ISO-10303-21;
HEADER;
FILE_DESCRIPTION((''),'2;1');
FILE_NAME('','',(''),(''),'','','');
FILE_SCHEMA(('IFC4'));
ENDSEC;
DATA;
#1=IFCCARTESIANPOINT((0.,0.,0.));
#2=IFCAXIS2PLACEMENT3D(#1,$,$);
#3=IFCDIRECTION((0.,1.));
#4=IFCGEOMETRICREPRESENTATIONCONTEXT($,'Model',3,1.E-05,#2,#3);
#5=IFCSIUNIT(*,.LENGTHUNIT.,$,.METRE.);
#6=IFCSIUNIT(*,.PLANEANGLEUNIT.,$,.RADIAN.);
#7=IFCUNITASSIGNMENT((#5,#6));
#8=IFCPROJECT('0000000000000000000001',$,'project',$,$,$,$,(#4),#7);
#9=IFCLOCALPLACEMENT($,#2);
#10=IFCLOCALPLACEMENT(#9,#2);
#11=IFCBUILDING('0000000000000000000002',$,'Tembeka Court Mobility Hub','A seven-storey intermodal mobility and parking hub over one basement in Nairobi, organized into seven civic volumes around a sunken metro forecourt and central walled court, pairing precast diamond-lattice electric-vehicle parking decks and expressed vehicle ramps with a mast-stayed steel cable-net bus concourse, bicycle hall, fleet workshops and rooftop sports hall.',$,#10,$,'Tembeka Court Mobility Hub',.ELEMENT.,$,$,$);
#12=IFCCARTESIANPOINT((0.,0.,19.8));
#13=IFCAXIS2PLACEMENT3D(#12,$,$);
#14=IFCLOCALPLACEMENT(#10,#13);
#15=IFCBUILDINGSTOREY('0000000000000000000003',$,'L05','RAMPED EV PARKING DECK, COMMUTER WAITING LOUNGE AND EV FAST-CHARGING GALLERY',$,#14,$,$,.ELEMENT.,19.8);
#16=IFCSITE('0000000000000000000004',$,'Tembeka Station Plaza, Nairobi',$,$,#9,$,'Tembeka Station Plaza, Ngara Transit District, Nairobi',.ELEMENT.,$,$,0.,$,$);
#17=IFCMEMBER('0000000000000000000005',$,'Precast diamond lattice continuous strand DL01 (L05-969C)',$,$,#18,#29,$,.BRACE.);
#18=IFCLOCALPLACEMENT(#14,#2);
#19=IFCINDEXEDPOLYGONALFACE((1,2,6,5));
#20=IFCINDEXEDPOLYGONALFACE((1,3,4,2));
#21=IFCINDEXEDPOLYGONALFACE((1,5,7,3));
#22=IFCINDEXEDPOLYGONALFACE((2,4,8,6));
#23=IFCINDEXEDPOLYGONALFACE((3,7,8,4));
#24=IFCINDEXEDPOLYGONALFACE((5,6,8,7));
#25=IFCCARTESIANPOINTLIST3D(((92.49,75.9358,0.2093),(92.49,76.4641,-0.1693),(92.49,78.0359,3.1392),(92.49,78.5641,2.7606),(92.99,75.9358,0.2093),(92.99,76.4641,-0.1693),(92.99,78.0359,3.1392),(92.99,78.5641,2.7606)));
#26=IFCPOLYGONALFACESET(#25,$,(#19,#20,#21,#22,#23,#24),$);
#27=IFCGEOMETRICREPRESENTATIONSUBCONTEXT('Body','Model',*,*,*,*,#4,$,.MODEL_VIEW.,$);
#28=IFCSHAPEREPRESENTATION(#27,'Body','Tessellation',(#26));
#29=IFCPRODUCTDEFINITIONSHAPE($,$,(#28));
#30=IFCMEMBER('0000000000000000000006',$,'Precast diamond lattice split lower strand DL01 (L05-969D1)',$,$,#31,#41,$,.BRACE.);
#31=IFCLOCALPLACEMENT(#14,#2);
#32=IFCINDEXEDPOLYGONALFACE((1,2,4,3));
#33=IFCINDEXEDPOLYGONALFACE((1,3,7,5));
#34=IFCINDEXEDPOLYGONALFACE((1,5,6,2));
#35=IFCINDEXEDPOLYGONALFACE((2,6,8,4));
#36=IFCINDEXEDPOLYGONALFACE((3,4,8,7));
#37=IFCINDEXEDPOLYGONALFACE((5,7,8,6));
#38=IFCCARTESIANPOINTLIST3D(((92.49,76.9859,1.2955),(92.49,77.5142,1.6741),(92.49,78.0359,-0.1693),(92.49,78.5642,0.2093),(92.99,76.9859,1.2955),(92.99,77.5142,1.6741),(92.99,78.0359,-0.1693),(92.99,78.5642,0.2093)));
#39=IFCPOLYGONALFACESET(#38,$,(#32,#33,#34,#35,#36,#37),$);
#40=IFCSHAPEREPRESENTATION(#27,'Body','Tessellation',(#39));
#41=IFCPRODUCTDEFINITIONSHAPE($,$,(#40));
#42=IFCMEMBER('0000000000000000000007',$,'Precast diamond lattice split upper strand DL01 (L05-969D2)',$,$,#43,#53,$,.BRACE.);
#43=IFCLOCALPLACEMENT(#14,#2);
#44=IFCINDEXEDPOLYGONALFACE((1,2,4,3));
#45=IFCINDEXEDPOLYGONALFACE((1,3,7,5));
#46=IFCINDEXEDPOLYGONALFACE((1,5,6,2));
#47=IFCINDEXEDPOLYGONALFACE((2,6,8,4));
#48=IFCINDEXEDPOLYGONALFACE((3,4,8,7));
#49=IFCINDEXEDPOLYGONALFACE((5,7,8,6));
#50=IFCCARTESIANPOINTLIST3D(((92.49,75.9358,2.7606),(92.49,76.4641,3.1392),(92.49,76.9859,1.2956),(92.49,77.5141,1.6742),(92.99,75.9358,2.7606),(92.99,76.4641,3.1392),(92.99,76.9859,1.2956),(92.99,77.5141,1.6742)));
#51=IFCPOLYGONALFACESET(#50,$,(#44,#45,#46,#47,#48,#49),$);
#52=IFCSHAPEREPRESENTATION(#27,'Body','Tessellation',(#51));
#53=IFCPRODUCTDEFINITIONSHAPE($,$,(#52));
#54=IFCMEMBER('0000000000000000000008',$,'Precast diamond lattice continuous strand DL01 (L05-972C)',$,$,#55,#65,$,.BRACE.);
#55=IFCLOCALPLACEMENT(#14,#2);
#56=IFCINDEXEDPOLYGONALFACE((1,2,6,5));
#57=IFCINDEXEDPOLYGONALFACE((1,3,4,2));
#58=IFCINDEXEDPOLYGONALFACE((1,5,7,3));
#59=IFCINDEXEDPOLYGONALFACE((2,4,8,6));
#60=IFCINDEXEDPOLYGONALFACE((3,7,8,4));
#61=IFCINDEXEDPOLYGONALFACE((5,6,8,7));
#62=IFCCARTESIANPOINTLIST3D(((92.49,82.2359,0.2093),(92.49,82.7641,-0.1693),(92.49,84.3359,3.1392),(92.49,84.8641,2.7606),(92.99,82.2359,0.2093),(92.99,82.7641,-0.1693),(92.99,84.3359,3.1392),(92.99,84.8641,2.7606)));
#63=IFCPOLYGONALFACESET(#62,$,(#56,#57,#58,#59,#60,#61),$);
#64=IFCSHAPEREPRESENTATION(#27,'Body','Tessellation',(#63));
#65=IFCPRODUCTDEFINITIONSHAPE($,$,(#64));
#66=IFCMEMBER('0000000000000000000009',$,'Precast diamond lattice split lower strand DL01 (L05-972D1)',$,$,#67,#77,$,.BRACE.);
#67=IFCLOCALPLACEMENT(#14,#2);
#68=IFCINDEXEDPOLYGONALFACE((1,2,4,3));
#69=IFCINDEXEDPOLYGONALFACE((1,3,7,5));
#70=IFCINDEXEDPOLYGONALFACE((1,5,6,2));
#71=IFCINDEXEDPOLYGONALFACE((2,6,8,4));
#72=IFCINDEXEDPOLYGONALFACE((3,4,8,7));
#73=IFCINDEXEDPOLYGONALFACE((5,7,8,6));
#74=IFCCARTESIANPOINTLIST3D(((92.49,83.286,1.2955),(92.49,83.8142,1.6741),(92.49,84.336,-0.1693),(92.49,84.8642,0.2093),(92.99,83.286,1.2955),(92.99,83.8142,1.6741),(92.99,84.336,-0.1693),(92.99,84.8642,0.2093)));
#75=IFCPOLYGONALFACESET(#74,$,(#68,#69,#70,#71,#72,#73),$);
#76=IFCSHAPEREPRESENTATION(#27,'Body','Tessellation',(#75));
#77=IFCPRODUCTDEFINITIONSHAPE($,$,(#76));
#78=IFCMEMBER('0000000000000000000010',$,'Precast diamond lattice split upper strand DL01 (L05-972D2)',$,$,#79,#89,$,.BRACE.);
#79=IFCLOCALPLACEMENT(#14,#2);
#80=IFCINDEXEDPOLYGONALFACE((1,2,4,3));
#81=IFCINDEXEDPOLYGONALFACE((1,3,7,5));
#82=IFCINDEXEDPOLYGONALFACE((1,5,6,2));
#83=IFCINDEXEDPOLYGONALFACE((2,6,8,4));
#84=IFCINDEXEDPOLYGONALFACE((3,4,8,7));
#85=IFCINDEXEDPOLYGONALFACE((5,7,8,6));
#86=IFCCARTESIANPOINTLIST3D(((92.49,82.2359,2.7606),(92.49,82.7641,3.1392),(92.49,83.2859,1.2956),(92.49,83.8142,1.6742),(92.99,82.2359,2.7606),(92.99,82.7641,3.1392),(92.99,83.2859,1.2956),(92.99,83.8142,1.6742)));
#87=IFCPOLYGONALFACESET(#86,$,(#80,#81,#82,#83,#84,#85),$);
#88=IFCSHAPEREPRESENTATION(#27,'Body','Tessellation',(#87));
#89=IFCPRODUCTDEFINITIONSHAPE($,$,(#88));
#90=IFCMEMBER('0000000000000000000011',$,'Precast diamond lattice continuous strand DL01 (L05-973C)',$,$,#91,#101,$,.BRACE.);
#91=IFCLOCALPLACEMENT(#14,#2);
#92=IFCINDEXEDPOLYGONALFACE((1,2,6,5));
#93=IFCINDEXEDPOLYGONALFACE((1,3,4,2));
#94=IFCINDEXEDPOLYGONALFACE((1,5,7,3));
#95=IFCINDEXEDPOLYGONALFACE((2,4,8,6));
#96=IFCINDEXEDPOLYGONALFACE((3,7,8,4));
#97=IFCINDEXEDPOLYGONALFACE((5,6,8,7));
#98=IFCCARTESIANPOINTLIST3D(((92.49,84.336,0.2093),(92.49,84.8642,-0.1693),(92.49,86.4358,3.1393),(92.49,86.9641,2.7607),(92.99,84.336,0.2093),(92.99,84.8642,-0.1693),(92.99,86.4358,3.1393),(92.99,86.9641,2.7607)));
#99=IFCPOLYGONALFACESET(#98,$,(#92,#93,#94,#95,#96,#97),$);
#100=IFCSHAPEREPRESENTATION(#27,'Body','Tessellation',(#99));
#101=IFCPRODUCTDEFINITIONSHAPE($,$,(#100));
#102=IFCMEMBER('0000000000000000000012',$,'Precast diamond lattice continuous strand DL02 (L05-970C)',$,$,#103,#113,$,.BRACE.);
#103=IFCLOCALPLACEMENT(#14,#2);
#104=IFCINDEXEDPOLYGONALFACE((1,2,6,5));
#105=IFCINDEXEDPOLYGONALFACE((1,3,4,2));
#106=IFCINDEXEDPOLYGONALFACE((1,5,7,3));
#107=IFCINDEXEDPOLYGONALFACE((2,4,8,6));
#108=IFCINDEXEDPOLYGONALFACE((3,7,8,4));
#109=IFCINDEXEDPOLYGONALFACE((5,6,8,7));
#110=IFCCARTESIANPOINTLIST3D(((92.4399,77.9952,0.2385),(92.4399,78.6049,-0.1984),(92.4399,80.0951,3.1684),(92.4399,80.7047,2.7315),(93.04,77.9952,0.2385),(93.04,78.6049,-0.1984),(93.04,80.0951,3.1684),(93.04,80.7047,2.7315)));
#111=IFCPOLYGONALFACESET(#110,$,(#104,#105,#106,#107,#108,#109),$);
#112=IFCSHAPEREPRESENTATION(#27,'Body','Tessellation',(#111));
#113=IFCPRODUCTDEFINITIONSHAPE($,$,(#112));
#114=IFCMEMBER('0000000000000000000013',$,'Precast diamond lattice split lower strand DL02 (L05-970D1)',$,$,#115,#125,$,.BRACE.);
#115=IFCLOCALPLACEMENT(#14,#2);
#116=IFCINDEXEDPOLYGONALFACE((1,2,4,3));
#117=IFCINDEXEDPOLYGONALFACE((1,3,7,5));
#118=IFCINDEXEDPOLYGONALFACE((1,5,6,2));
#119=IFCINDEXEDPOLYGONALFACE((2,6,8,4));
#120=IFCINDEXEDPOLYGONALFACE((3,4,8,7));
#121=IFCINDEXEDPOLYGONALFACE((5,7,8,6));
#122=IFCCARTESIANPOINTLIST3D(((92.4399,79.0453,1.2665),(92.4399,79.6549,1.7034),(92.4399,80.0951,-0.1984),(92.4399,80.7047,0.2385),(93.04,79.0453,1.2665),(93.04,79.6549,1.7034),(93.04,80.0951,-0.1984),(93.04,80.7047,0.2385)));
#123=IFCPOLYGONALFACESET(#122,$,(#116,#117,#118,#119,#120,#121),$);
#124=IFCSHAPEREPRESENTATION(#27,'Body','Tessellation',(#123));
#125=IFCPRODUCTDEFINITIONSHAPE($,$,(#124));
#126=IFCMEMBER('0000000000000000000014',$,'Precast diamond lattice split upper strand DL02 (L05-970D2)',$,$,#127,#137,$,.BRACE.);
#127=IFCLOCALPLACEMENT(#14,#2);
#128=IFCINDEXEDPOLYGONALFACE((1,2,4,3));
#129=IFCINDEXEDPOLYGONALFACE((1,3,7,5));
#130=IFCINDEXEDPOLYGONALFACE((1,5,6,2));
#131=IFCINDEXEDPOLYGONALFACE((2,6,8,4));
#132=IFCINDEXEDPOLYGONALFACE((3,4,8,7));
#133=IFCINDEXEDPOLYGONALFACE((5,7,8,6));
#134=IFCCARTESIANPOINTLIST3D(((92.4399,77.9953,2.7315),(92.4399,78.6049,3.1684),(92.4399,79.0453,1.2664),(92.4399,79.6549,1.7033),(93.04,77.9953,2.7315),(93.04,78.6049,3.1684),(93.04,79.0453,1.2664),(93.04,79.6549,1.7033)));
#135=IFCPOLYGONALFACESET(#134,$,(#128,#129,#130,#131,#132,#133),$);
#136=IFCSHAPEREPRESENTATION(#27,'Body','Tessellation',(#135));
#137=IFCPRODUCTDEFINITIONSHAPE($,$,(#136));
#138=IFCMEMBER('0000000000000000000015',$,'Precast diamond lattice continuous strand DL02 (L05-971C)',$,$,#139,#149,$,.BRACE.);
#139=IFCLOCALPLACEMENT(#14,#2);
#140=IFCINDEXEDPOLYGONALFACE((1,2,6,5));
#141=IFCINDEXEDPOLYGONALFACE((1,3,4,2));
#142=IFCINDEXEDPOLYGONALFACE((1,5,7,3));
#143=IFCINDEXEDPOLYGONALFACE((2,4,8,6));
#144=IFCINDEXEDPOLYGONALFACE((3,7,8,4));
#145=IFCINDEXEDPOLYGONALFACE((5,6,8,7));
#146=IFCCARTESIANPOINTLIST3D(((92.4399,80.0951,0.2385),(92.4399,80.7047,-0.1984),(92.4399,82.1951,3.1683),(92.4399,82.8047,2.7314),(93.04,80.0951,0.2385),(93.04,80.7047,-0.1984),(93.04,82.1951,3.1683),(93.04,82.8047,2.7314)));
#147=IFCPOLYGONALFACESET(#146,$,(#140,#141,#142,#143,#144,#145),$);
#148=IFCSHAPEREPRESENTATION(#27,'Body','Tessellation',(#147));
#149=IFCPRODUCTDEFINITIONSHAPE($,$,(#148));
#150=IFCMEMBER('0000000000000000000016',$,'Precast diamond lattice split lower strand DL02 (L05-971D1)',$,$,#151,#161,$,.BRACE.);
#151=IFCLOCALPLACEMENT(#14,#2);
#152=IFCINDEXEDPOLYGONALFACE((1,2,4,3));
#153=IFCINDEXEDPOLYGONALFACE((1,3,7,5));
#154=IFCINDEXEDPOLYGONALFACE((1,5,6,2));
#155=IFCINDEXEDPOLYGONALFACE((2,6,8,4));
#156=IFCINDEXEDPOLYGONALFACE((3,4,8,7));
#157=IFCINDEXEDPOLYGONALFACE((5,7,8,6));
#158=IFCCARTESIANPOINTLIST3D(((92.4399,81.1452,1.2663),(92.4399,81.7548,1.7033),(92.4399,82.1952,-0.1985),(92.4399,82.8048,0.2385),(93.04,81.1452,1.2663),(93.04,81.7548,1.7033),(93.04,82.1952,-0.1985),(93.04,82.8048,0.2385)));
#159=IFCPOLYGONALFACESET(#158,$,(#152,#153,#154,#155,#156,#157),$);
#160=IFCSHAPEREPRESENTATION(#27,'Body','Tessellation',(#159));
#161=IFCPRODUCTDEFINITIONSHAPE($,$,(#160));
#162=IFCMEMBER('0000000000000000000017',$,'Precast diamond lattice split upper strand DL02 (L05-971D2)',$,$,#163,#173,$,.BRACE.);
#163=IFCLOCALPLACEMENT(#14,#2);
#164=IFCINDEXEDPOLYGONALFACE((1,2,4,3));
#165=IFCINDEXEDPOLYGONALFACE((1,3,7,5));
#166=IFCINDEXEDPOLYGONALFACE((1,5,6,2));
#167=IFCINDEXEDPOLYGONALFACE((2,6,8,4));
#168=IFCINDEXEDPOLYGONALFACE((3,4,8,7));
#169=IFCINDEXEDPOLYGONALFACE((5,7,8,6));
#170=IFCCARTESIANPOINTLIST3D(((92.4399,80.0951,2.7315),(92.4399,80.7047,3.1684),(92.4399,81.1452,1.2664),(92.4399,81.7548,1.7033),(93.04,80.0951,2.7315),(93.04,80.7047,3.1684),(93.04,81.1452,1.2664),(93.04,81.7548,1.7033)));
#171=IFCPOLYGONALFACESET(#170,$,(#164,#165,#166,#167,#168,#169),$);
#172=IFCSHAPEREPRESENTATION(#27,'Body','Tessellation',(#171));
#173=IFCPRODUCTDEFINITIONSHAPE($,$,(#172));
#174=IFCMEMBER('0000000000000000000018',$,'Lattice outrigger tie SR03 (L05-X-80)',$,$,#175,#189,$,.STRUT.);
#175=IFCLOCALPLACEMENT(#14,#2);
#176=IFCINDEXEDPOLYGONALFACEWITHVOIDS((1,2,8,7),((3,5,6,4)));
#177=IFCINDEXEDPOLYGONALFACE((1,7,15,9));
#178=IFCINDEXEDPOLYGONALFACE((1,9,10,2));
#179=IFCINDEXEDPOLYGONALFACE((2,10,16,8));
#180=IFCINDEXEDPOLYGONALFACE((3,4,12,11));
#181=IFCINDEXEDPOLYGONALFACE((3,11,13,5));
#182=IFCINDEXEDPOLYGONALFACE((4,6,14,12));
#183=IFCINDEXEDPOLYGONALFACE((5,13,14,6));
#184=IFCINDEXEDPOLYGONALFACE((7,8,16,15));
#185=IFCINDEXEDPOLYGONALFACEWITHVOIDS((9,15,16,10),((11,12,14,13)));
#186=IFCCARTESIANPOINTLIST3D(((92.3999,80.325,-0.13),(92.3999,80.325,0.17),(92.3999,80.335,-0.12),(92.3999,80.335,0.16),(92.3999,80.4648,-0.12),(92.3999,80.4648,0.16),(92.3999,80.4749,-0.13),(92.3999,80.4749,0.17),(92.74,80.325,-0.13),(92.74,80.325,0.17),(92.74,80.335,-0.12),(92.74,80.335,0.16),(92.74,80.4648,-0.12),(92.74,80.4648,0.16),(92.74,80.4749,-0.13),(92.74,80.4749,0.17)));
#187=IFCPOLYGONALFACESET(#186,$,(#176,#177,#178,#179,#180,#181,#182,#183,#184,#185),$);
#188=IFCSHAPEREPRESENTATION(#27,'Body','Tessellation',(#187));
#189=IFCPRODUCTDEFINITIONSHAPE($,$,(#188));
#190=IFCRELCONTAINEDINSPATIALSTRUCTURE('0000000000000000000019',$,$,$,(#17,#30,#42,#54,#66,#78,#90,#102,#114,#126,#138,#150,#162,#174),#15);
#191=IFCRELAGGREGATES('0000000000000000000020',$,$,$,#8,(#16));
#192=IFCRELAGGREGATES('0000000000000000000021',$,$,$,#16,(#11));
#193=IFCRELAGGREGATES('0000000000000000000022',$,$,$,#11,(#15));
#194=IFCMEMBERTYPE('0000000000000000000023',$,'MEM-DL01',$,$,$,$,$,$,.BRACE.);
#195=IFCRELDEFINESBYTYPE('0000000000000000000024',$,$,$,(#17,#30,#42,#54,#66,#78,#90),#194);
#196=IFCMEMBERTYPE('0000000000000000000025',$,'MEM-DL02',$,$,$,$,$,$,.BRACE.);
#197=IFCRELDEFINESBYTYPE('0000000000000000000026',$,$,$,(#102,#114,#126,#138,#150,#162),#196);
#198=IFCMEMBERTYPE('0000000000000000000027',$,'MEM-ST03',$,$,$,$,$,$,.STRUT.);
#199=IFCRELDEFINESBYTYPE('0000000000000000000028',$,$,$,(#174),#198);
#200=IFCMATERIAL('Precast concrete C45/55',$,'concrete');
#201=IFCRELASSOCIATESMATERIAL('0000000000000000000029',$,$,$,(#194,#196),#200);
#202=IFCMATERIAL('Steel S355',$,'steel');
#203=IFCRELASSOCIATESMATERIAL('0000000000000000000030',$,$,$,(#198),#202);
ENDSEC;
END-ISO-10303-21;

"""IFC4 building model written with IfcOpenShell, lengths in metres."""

from ifc_helpers import new_model, si_unit, direction, frame, origin, origin_2d, place, context, subcontext, project, spatial, rectangle, hollow_rectangle, extrude, material, material_profile, profile_set, type_object, element, save


model = new_model("IFC4")

# Units and contexts
model_context = context("Model", 3, precision=1e-05, world=origin(), true_north=direction((0.0, 1.0)))
body_context = subcontext(model_context, "Body", "Model", "MODEL_VIEW")
ifc_project = project(units=[si_unit("LENGTHUNIT", "METRE"), si_unit("PLANEANGLEUNIT", "RADIAN")], contexts=[model_context])

# Site, building, storey
site_placement = place(None, origin())
site = spatial("IfcSite", under=ifc_project, at=site_placement, Name="Tembeka Station Plaza, Nairobi", LongName="Tembeka Station Plaza, Ngara Transit District, Nairobi", CompositionType="ELEMENT", RefElevation=0.0)
building_placement = place(site_placement, origin())
building = spatial("IfcBuilding", under=site, at=building_placement, Name="Tembeka Court Mobility Hub", Description="A seven-storey intermodal mobility and parking hub over one basement in Nairobi, organized into seven civic volumes around a sunken metro forecourt and central walled court, pairing precast diamond-lattice electric-vehicle parking decks and expressed vehicle ramps with a mast-stayed steel cable-net bus concourse, bicycle hall, fleet workshops and rooftop sports hall.", LongName="Tembeka Court Mobility Hub", CompositionType="ELEMENT")
storey_placement = place(building_placement, frame((0.0, 0.0, 19.8)))
storey = spatial("IfcBuildingStorey", under=building, at=storey_placement, Name="L05", Description="RAMPED EV PARKING DECK, COMMUTER WAITING LOUNGE AND EV FAST-CHARGING GALLERY", CompositionType="ELEMENT", Elevation=19.8)

# Shared definitions
ifc_material_1 = material(Name="Steel S355", Category="steel")

# Members
ifc_material_2 = material(Name="Precast concrete C45/55", Category="concrete")
ifc_material_profile_1 = material_profile(ifc_material_2, rectangle(XDim=0.5, YDim=0.6499, at=origin_2d()), Name="PC-DIAG 500x650")
ifc_profile_set_1 = profile_set([ifc_material_profile_1], Name="Precast concrete C45/55")
member_type_1 = type_object("IfcMemberType", Name="MEM-DL01", PredefinedType="BRACE", material=ifc_profile_set_1)
member_1_placement = place(storey_placement, frame((92.74, 76.2, 0.02), z_axis=(0.0, 0.582576, 0.812776), x_axis=(-1.0, 0.0, 0.0)))
element("IfcMember", 1, at=member_1_placement, inside=storey, type_object=member_type_1, Name="Precast diamond lattice continuous strand DL01 (L05-969C)", PredefinedType="BRACE", context=body_context, shape_type="SweptSolid", body=[
    extrude(rectangle(XDim=0.5, YDim=0.6499, at=origin_2d()), origin(), (0.0, 0.0, 1.0), 3.6047),
])
member_2_placement = place(storey_placement, frame((92.74, 78.3, 0.02), z_axis=(0.0, -0.582608, 0.812753), x_axis=(1.0, 0.0, 0.0)))
element("IfcMember", 2, at=member_2_placement, inside=storey, type_object=member_type_1, Name="Precast diamond lattice split lower strand DL01 (L05-969D1)", PredefinedType="BRACE", context=body_context, shape_type="SweptSolid", body=[
    extrude(rectangle(XDim=0.5, YDim=0.6499, at=origin_2d()), origin(), (0.0, 0.0, 1.0), 1.8022),
])
member_3_placement = place(storey_placement, frame((92.74, 77.25, 1.4849), z_axis=(0.0, -0.582544, 0.812799), x_axis=(1.0, 0.0, 0.0)))
element("IfcMember", 3, at=member_3_placement, inside=storey, type_object=member_type_1, Name="Precast diamond lattice split upper strand DL01 (L05-969D2)", PredefinedType="BRACE", context=body_context, shape_type="SweptSolid", body=[
    extrude(rectangle(XDim=0.5, YDim=0.6499, at=origin_2d()), origin(), (0.0, 0.0, 1.0), 1.8025),
])
member_4_placement = place(storey_placement, frame((92.74, 82.5, 0.02), z_axis=(0.0, 0.582576, 0.812776), x_axis=(-1.0, 0.0, 0.0)))
element("IfcMember", 4, at=member_4_placement, inside=storey, type_object=member_type_1, Name="Precast diamond lattice continuous strand DL01 (L05-972C)", PredefinedType="BRACE", context=body_context, shape_type="SweptSolid", body=[
    extrude(rectangle(XDim=0.5, YDim=0.6499, at=origin_2d()), origin(), (0.0, 0.0, 1.0), 3.6047),
])
member_5_placement = place(storey_placement, frame((92.74, 84.6001, 0.02), z_axis=(0.0, -0.582608, 0.812753), x_axis=(1.0, 0.0, 0.0)))
element("IfcMember", 5, at=member_5_placement, inside=storey, type_object=member_type_1, Name="Precast diamond lattice split lower strand DL01 (L05-972D1)", PredefinedType="BRACE", context=body_context, shape_type="SweptSolid", body=[
    extrude(rectangle(XDim=0.5, YDim=0.6499, at=origin_2d()), origin(), (0.0, 0.0, 1.0), 1.8022),
])
member_6_placement = place(storey_placement, frame((92.74, 83.55, 1.4849), z_axis=(0.0, -0.582544, 0.812799), x_axis=(1.0, 0.0, 0.0)))
element("IfcMember", 6, at=member_6_placement, inside=storey, type_object=member_type_1, Name="Precast diamond lattice split upper strand DL01 (L05-972D2)", PredefinedType="BRACE", context=body_context, shape_type="SweptSolid", body=[
    extrude(rectangle(XDim=0.5, YDim=0.6499, at=origin_2d()), origin(), (0.0, 0.0, 1.0), 1.8025),
])
member_7_placement = place(storey_placement, frame((92.74, 84.6001, 0.02), z_axis=(0.0, 0.582532, 0.812808), x_axis=(-1.0, 0.0, 0.0)))
element("IfcMember", 7, at=member_7_placement, inside=storey, type_object=member_type_1, Name="Precast diamond lattice continuous strand DL01 (L05-973C)", PredefinedType="BRACE", context=body_context, shape_type="SweptSolid", body=[
    extrude(rectangle(XDim=0.5, YDim=0.6499, at=origin_2d()), origin(), (0.0, 0.0, 1.0), 3.6047),
])
ifc_material_profile_2 = material_profile(ifc_material_2, rectangle(XDim=0.6001, YDim=0.75, at=origin_2d()), Name="PC-DIAG 600x750")
ifc_profile_set_2 = profile_set([ifc_material_profile_2], Name="Precast concrete C45/55")
member_type_2 = type_object("IfcMemberType", Name="MEM-DL02", PredefinedType="BRACE", material=ifc_profile_set_2)
member_8_placement = place(storey_placement, frame((92.74, 78.3, 0.02), z_axis=(0.0, 0.582532, 0.812808), x_axis=(-1.0, 0.0, 0.0)))
element("IfcMember", 8, at=member_8_placement, inside=storey, type_object=member_type_2, Name="Precast diamond lattice continuous strand DL02 (L05-970C)", PredefinedType="BRACE", context=body_context, shape_type="SweptSolid", body=[
    extrude(rectangle(XDim=0.6001, YDim=0.75, at=origin_2d()), origin(), (0.0, 0.0, 1.0), 3.6047),
])
member_9_placement = place(storey_placement, frame((92.74, 80.3999, 0.02), z_axis=(0.0, -0.582519, 0.812817), x_axis=(1.0, 0.0, 0.0)))
element("IfcMember", 9, at=member_9_placement, inside=storey, type_object=member_type_2, Name="Precast diamond lattice split lower strand DL02 (L05-970D1)", PredefinedType="BRACE", context=body_context, shape_type="SweptSolid", body=[
    extrude(rectangle(XDim=0.6001, YDim=0.75, at=origin_2d()), origin(), (0.0, 0.0, 1.0), 1.8022),
])
member_10_placement = place(storey_placement, frame((92.74, 79.3501, 1.4849), z_axis=(0.0, -0.582544, 0.812799), x_axis=(1.0, 0.0, 0.0)))
element("IfcMember", 10, at=member_10_placement, inside=storey, type_object=member_type_2, Name="Precast diamond lattice split upper strand DL02 (L05-970D2)", PredefinedType="BRACE", context=body_context, shape_type="SweptSolid", body=[
    extrude(rectangle(XDim=0.6001, YDim=0.75, at=origin_2d()), origin(), (0.0, 0.0, 1.0), 1.8025),
])
member_11_placement = place(storey_placement, frame((92.74, 80.3999, 0.02), z_axis=(0.0, 0.582576, 0.812776), x_axis=(-1.0, 0.0, 0.0)))
element("IfcMember", 11, at=member_11_placement, inside=storey, type_object=member_type_2, Name="Precast diamond lattice continuous strand DL02 (L05-971C)", PredefinedType="BRACE", context=body_context, shape_type="SweptSolid", body=[
    extrude(rectangle(XDim=0.6001, YDim=0.75, at=origin_2d()), origin(), (0.0, 0.0, 1.0), 3.6047),
])
member_12_placement = place(storey_placement, frame((92.74, 82.5, 0.02), z_axis=(0.0, -0.582608, 0.812753), x_axis=(1.0, 0.0, 0.0)))
element("IfcMember", 12, at=member_12_placement, inside=storey, type_object=member_type_2, Name="Precast diamond lattice split lower strand DL02 (L05-971D1)", PredefinedType="BRACE", context=body_context, shape_type="SweptSolid", body=[
    extrude(rectangle(XDim=0.6001, YDim=0.75, at=origin_2d()), origin(), (0.0, 0.0, 1.0), 1.8022),
])
member_13_placement = place(storey_placement, frame((92.74, 81.45, 1.4849), z_axis=(0.0, -0.582544, 0.812799), x_axis=(1.0, 0.0, 0.0)))
element("IfcMember", 13, at=member_13_placement, inside=storey, type_object=member_type_2, Name="Precast diamond lattice split upper strand DL02 (L05-971D2)", PredefinedType="BRACE", context=body_context, shape_type="SweptSolid", body=[
    extrude(rectangle(XDim=0.6001, YDim=0.75, at=origin_2d()), origin(), (0.0, 0.0, 1.0), 1.8025),
])
ifc_material_profile_3 = material_profile(ifc_material_1, hollow_rectangle(XDim=0.1499, YDim=0.3, WallThickness=0.01, at=origin_2d()), Name="RHS 300x150x10")
ifc_profile_set_3 = profile_set([ifc_material_profile_3], Name="Steel S355")
member_type_3 = type_object("IfcMemberType", Name="MEM-ST03", PredefinedType="STRUT", material=ifc_profile_set_3)
member_14_placement = place(storey_placement, frame((92.3999, 80.3999, 0.02), z_axis=(1.0, 0.0, 0.0), x_axis=(0.0, 1.0, 0.0)))
element("IfcMember", 14, at=member_14_placement, inside=storey, type_object=member_type_3, Name="Lattice outrigger tie SR03 (L05-X-80)", PredefinedType="STRUT", context=body_context, shape_type="SweptSolid", body=[
    extrude(hollow_rectangle(XDim=0.1499, YDim=0.3, WallThickness=0.01, at=origin_2d()), origin(), (0.0, 0.0, 1.0), 0.3401),
])

save(model, "model.ifc")
